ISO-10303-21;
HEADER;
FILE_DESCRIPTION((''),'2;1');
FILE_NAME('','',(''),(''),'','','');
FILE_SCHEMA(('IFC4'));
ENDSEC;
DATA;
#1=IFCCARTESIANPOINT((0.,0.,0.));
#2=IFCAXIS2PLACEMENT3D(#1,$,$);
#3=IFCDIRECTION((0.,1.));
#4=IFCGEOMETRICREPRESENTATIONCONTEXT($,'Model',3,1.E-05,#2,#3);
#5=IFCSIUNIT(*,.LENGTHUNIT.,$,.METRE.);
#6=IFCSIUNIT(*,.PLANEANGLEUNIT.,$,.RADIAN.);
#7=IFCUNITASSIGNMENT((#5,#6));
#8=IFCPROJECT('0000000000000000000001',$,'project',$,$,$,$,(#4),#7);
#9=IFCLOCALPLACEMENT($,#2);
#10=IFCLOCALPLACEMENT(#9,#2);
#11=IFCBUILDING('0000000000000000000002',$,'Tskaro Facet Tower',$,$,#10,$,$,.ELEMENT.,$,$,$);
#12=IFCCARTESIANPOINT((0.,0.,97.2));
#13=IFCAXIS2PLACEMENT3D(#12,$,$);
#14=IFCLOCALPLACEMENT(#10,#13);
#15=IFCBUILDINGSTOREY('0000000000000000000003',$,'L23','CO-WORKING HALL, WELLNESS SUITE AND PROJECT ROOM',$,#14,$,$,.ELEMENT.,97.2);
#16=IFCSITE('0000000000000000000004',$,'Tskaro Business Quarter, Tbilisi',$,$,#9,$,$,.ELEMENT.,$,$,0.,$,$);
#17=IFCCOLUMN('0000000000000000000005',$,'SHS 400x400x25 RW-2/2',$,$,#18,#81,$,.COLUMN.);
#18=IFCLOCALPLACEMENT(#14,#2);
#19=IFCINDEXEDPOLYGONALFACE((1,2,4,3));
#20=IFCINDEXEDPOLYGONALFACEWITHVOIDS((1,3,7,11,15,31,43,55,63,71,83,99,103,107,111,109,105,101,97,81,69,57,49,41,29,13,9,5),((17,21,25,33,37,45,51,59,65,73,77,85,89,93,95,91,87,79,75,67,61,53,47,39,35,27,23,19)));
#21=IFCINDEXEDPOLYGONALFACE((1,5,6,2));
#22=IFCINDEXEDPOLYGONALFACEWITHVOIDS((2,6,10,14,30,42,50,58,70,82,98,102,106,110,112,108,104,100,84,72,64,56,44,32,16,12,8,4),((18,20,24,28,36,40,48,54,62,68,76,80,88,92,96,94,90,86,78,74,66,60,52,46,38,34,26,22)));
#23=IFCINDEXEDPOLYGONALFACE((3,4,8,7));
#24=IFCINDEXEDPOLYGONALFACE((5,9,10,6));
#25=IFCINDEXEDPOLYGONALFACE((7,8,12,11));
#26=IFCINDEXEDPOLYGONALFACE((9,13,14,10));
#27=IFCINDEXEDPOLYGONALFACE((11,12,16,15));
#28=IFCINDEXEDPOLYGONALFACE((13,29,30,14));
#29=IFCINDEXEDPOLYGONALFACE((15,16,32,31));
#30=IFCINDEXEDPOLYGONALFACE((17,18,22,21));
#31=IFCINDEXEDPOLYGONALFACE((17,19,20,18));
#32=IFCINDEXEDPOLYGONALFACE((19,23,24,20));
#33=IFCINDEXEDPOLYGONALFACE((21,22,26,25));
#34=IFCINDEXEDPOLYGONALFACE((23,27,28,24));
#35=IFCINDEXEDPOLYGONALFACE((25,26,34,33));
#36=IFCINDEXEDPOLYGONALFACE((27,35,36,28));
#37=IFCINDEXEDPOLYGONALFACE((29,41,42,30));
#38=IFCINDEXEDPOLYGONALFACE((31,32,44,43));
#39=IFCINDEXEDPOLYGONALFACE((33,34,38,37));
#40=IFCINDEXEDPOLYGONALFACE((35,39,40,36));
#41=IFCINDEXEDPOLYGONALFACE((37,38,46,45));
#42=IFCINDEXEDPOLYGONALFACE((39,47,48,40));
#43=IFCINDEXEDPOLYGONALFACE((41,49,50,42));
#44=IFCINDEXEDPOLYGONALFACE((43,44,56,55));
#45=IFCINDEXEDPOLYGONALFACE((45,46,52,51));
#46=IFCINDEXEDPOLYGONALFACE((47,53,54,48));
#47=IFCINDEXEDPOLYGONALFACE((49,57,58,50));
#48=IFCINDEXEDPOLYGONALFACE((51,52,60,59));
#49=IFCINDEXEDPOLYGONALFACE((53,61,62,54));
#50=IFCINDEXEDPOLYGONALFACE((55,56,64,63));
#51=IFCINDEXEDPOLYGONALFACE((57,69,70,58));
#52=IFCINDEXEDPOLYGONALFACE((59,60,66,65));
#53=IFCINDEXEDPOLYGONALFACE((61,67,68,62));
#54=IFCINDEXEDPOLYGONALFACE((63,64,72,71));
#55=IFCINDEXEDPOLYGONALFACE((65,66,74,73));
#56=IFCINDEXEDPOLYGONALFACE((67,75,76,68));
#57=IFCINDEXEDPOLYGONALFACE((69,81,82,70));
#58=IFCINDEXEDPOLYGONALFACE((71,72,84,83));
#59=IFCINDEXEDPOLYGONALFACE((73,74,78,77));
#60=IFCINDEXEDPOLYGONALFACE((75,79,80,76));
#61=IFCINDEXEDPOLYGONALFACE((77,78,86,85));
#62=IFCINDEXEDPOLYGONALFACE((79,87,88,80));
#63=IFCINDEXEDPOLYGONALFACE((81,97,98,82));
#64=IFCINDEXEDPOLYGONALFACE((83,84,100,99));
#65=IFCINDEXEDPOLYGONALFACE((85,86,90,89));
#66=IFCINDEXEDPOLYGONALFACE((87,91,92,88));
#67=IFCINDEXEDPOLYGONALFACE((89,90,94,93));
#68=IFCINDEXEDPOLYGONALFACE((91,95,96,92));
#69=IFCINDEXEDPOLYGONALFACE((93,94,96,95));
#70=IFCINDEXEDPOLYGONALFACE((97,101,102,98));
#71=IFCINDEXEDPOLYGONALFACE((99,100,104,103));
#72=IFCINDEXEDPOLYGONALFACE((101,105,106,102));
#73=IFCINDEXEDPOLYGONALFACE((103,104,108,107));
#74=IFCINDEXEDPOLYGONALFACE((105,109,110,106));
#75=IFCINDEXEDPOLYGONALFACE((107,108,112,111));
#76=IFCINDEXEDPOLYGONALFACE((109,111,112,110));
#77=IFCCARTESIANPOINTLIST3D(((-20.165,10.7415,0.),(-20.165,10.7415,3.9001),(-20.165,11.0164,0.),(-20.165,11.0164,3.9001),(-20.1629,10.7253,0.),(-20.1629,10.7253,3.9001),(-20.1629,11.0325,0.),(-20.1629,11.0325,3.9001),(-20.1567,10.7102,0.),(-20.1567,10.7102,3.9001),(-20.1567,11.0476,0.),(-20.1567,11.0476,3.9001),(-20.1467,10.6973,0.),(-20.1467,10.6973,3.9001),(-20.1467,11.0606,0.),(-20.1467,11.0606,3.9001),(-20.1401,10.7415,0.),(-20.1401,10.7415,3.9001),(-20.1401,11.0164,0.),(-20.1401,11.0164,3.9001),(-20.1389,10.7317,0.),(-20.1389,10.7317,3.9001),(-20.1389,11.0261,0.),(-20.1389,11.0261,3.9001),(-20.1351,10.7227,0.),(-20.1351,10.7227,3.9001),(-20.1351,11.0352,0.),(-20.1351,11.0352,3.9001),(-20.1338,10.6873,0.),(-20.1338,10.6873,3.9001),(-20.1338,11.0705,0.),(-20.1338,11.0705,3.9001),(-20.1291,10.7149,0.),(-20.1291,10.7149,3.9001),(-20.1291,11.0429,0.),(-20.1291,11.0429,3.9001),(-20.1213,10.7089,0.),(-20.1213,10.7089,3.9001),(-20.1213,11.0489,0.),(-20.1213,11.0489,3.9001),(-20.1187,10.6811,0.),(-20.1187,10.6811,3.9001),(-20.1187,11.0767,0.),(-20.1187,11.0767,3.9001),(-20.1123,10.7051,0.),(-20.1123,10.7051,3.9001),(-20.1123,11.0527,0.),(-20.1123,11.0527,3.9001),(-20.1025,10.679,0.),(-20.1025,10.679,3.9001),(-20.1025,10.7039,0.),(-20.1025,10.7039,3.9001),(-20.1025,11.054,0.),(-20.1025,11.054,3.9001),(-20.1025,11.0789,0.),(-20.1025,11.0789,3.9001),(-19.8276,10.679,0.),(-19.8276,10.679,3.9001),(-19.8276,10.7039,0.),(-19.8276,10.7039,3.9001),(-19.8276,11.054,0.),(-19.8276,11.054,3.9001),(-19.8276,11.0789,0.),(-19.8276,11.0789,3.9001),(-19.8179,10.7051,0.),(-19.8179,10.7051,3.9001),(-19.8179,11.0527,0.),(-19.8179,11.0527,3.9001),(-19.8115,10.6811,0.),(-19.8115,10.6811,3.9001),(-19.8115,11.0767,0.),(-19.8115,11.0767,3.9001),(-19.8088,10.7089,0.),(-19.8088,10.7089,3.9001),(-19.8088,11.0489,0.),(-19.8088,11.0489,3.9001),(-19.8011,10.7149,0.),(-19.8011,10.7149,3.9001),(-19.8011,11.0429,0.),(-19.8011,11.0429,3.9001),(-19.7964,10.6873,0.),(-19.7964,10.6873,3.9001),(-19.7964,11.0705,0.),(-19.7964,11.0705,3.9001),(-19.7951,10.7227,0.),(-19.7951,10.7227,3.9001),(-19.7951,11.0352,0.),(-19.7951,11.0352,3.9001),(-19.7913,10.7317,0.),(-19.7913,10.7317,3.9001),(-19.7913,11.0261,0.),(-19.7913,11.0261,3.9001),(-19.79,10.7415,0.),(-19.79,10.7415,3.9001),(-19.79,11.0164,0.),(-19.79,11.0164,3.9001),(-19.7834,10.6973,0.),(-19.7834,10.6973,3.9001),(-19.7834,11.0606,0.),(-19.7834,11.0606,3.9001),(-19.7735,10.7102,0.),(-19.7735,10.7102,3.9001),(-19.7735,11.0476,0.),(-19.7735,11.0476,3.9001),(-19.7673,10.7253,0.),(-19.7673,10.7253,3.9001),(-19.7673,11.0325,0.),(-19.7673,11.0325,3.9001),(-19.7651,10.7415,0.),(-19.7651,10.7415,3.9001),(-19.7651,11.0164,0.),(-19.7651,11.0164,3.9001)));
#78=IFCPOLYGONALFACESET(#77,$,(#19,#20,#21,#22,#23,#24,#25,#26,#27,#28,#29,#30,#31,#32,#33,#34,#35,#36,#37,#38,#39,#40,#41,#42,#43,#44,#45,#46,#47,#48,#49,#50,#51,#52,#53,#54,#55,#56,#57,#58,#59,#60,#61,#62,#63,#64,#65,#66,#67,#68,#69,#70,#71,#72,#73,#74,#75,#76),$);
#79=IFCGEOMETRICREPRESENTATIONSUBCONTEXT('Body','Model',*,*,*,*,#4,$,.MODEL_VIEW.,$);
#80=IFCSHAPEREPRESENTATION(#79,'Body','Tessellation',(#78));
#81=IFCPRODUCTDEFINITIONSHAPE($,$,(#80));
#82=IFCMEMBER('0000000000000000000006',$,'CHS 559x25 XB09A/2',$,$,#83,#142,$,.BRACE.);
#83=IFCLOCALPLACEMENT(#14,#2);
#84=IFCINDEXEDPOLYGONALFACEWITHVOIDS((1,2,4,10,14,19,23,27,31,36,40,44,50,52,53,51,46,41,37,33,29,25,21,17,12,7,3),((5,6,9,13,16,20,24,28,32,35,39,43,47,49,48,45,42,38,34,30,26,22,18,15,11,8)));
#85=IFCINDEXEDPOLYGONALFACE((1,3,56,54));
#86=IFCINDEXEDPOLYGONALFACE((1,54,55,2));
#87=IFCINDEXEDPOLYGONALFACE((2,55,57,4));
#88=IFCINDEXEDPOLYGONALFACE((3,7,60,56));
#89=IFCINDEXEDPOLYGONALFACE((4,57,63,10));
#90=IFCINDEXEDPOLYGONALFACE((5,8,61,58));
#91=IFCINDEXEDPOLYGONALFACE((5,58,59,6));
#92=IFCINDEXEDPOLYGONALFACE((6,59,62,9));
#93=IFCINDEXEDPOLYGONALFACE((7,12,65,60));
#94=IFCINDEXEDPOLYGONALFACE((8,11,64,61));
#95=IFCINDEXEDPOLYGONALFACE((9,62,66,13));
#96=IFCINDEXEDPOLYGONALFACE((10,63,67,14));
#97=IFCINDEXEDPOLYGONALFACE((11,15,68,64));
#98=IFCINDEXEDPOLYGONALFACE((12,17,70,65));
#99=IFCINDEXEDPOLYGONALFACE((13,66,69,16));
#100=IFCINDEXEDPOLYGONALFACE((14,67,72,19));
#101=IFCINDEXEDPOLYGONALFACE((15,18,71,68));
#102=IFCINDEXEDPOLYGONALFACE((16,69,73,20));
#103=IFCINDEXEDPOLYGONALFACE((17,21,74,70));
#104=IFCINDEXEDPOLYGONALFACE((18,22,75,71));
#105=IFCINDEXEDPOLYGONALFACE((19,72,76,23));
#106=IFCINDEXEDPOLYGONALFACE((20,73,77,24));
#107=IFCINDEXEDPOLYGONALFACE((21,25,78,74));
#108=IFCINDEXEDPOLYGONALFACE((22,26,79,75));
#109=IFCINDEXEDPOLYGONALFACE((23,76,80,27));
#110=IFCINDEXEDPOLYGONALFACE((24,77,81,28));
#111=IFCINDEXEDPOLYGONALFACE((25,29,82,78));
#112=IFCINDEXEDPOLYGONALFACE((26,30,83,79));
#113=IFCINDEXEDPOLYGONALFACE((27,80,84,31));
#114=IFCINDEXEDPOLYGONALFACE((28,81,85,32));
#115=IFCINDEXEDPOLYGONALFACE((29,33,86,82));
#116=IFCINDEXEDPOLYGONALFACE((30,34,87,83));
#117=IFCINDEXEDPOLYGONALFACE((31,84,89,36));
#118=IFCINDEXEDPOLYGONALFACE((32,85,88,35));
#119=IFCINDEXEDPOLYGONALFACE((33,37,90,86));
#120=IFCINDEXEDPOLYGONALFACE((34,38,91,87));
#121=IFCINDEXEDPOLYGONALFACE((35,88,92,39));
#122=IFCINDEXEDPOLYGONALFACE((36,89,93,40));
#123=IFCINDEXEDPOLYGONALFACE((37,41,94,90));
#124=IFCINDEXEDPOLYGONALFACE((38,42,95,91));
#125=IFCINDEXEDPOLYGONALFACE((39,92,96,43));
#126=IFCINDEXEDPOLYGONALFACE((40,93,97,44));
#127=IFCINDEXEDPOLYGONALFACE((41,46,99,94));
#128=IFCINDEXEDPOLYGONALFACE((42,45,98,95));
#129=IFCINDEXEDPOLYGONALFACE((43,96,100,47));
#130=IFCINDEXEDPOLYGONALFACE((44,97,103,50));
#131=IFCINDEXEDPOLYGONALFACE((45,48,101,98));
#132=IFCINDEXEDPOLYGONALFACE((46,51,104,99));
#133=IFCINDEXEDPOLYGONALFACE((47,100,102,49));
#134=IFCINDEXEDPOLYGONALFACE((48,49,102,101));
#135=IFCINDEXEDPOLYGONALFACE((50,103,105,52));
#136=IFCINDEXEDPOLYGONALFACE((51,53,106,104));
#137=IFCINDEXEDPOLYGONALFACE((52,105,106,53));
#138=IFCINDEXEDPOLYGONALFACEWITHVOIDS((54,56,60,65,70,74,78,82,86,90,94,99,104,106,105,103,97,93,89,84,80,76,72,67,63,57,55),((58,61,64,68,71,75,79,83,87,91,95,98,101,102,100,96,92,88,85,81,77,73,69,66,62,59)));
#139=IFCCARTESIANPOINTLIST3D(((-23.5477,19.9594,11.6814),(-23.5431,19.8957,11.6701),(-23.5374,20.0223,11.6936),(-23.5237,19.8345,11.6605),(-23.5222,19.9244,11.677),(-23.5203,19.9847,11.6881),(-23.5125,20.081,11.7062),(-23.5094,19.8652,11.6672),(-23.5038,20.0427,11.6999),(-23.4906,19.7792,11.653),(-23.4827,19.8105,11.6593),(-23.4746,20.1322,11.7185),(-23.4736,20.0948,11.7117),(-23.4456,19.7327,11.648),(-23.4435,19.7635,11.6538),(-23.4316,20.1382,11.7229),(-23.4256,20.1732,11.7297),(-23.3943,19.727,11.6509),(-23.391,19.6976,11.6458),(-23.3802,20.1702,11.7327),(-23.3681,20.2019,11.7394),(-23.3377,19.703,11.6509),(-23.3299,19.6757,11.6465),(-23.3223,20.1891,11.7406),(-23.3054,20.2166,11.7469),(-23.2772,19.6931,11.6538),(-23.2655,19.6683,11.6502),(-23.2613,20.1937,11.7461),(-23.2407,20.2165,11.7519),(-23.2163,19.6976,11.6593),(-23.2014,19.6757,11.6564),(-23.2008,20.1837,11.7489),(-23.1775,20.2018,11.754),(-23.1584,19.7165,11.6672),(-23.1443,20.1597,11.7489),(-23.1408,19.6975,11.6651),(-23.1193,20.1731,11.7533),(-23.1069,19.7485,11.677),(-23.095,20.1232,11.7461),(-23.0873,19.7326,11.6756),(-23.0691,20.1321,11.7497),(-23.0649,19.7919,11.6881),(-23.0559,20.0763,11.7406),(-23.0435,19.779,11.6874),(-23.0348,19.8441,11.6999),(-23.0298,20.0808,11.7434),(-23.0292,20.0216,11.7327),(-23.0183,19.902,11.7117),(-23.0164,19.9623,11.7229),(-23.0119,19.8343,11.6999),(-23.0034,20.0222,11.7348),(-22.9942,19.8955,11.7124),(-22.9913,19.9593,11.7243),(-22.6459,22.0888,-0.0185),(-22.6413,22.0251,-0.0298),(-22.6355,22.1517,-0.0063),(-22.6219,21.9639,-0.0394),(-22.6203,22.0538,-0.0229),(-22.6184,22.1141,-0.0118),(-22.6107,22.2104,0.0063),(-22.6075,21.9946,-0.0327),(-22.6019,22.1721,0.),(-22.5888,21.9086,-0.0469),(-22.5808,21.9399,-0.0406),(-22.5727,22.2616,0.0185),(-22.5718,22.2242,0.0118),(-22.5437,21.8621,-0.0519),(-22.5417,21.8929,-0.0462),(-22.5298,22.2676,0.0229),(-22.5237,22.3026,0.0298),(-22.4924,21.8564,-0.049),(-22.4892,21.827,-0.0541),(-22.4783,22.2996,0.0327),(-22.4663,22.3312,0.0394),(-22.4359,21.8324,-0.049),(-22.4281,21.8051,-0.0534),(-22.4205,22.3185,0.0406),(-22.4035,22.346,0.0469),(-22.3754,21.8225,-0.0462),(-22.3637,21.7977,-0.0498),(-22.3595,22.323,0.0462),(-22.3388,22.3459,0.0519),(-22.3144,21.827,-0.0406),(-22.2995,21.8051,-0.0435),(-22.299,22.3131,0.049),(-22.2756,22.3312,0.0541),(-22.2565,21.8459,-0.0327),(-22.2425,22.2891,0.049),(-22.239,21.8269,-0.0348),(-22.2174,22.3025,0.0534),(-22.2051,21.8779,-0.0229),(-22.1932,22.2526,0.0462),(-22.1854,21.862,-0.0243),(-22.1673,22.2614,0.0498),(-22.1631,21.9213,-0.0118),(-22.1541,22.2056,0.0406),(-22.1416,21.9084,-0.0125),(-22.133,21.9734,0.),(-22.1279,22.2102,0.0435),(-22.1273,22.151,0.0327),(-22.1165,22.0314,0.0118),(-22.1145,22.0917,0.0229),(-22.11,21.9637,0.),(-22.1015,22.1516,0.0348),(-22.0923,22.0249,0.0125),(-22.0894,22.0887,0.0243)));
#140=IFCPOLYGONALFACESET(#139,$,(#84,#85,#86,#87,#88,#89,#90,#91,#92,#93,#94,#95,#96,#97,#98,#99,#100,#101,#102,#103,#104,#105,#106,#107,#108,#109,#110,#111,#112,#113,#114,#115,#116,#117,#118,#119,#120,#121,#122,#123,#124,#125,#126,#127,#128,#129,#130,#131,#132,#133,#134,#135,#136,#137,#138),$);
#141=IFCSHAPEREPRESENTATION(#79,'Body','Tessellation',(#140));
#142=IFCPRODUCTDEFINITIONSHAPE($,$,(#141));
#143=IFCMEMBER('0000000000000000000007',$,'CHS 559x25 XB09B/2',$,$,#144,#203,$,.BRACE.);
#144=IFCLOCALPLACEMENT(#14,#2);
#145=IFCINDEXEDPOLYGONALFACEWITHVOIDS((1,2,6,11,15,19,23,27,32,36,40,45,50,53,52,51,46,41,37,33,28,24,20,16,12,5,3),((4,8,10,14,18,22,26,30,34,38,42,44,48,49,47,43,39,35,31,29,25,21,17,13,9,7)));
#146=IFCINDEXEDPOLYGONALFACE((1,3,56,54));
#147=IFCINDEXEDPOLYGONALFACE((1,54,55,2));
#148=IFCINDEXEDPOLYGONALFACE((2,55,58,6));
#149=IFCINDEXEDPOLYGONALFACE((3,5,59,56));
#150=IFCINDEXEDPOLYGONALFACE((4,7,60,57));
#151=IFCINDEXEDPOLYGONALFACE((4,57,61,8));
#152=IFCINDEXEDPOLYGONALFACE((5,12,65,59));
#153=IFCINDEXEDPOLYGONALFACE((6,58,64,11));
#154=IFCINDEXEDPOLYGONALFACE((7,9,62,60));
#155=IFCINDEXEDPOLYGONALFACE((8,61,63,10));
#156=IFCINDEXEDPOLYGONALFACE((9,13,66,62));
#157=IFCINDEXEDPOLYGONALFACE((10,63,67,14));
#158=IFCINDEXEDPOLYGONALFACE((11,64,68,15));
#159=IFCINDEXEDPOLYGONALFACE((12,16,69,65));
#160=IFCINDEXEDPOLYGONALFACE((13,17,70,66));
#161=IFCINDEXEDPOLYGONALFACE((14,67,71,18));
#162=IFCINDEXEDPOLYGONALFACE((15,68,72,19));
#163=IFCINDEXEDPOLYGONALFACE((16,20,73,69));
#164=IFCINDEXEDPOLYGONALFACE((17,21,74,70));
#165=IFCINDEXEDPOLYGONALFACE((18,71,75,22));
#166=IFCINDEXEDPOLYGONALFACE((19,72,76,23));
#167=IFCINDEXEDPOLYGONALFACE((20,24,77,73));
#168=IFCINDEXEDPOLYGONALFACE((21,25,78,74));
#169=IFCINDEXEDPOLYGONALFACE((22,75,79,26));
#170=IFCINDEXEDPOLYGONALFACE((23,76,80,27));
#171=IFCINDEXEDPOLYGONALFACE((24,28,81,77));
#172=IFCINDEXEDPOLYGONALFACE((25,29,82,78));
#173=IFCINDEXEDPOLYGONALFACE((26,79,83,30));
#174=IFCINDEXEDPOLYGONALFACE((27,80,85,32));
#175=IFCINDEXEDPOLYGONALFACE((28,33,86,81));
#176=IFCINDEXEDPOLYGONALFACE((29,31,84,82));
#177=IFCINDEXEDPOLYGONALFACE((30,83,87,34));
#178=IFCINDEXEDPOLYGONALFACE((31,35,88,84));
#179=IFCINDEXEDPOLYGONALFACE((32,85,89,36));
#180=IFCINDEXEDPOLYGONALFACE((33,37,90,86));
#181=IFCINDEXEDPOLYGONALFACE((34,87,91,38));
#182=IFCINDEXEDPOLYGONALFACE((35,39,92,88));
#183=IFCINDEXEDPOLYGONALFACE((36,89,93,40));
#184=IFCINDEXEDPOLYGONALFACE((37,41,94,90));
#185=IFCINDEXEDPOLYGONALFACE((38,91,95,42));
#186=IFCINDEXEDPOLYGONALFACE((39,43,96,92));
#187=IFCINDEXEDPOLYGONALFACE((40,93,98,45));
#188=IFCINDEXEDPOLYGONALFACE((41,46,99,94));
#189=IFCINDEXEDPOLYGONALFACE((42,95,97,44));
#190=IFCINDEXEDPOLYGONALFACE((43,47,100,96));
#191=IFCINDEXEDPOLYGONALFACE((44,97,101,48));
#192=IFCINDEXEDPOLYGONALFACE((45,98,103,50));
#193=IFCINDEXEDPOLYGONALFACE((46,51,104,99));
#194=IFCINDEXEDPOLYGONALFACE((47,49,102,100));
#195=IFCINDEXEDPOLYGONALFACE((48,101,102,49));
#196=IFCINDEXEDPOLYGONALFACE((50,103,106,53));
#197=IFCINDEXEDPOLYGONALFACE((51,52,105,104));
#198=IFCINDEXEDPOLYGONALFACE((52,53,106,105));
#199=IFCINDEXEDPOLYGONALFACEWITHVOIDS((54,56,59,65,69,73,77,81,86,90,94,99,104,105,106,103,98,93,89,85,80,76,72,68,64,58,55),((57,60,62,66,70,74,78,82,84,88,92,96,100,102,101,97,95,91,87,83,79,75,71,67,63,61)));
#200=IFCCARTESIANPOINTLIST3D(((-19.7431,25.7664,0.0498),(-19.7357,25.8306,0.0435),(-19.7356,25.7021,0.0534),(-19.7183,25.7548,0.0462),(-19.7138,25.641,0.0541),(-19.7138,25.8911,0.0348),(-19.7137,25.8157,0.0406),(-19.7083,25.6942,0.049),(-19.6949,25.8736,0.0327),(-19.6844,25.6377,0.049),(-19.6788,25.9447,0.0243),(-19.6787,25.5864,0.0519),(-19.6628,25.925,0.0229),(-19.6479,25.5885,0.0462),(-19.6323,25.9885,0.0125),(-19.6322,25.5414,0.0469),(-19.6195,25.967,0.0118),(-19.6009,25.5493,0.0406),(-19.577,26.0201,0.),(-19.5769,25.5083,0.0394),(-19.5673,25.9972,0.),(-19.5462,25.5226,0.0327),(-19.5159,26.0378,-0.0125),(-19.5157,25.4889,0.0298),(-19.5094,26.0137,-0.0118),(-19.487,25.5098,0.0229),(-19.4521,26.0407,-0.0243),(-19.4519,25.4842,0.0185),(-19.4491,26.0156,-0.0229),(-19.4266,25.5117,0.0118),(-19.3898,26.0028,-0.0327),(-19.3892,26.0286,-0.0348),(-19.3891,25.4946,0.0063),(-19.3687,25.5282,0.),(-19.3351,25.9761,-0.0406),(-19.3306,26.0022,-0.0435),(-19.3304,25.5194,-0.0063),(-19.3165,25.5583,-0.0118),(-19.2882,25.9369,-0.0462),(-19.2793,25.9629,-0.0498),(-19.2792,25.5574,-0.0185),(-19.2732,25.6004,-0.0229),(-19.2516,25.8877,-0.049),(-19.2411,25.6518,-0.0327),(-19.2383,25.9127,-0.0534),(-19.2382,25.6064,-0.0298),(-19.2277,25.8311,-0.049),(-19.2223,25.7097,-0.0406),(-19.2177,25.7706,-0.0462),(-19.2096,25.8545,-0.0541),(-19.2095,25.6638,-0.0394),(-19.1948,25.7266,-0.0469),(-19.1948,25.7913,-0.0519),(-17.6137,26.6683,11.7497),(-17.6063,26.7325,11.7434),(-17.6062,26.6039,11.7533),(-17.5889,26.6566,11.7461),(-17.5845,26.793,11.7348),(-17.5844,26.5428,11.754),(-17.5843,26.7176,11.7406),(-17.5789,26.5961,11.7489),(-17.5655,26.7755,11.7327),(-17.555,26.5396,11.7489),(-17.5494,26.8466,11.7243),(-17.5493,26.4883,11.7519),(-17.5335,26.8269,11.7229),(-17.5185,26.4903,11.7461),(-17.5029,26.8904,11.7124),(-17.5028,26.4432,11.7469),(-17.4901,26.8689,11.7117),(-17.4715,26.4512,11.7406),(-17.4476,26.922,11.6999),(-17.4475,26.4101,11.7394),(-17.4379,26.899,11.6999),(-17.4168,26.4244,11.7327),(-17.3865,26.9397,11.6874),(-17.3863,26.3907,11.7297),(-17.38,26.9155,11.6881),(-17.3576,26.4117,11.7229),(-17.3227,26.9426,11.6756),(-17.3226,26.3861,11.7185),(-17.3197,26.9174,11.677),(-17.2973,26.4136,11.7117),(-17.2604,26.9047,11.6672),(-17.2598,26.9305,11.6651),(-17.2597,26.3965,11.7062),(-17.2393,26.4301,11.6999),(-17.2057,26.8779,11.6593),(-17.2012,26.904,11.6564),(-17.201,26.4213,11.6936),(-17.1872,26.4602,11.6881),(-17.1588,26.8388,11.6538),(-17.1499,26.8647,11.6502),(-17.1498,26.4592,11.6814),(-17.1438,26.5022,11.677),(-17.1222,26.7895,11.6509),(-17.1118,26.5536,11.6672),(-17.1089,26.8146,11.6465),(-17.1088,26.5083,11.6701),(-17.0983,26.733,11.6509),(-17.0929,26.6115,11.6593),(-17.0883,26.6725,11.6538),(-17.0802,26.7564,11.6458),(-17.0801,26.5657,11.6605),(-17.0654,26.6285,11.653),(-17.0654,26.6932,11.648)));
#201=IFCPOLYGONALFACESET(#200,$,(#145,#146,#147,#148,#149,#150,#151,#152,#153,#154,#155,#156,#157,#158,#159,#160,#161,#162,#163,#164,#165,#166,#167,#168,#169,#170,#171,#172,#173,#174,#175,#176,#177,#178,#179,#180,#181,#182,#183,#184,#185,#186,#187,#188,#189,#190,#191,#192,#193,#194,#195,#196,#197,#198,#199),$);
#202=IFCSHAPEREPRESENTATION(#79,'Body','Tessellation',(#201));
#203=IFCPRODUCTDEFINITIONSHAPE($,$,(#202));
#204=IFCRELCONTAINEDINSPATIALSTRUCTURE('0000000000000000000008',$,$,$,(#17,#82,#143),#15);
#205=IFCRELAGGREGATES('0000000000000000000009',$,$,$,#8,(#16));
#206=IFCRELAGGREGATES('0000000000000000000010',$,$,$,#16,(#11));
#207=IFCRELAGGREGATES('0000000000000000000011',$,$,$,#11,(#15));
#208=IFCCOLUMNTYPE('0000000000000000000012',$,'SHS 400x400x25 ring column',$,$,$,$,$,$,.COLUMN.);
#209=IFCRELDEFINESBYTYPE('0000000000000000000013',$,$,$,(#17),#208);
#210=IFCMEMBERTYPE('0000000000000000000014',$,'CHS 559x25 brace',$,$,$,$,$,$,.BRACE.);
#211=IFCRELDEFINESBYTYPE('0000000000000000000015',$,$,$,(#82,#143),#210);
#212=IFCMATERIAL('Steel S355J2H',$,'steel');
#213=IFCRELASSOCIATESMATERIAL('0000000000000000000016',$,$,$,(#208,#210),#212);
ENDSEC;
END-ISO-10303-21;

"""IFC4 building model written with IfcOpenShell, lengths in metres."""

from ifc_helpers import new_model, si_unit, direction, frame, origin, origin_2d, place, context, subcontext, project, spatial, hollow_rectangle, hollow_circle, extrude, material, material_profile, profile_set, type_object, element, save


model = new_model("IFC4")

# Units and contexts
model_context = context("Model", 3, precision=1e-05, world=origin(), true_north=direction((0.0, 1.0)))
body_context = subcontext(model_context, "Body", "Model", "MODEL_VIEW")
ifc_project = project(units=[si_unit("LENGTHUNIT", "METRE"), si_unit("PLANEANGLEUNIT", "RADIAN")], contexts=[model_context])

# Site, building, storey
site_placement = place(None, origin())
site = spatial("IfcSite", under=ifc_project, at=site_placement, Name="Tskaro Business Quarter, Tbilisi", CompositionType="ELEMENT", RefElevation=0.0)
building_placement = place(site_placement, origin())
building = spatial("IfcBuilding", under=site, at=building_placement, Name="Tskaro Facet Tower", CompositionType="ELEMENT")
storey_placement = place(building_placement, frame((0.0, 0.0, 97.2)))
storey = spatial("IfcBuildingStorey", under=building, at=storey_placement, Name="L23", Description="CO-WORKING HALL, WELLNESS SUITE AND PROJECT ROOM", CompositionType="ELEMENT", Elevation=97.2)

# Column
ifc_material_1 = material(Name="Steel S355J2H", Category="steel")
ifc_material_profile_1 = material_profile(ifc_material_1, hollow_rectangle(XDim=0.3999, YDim=0.3999, WallThickness=0.0249, InnerFilletRadius=0.0376, OuterFilletRadius=0.0625, at=origin_2d()), Name="SHS 400x400x25")
ifc_profile_set_1 = profile_set([ifc_material_profile_1], Name="Steel S355J2H")
column_type_1 = type_object("IfcColumnType", Name="SHS 400x400x25 ring column", PredefinedType="COLUMN", material=ifc_profile_set_1)
for number, where, z_axis, x_axis, name in (
    (1, (-19.9651, 10.8789, 0.0), (0.0, 0.0, 1.0), (1.0, 0.0, 0.0), "SHS 400x400x25 RW-2/2"),
):
    element("IfcColumn", number, at=place(storey_placement, frame(where, z_axis=z_axis, x_axis=x_axis)), inside=storey, type_object=column_type_1, Name=name, PredefinedType="COLUMN", context=body_context, shape_type="SweptSolid", body=[
        extrude(hollow_rectangle(XDim=0.3999, YDim=0.3999, WallThickness=0.0249, InnerFilletRadius=0.0376, OuterFilletRadius=0.0625, at=origin_2d()), origin(), (0.0, 0.0, 1.0), 3.9001),
    ])

# Members
ifc_material_profile_2 = material_profile(ifc_material_1, hollow_circle(Radius=0.2795, WallThickness=0.0249, at=origin_2d()), Name="CHS 559x25")
ifc_profile_set_2 = profile_set([ifc_material_profile_2], Name="Steel S355J2H")
member_type_1 = type_object("IfcMemberType", Name="CHS 559x25 brace", PredefinedType="BRACE", material=ifc_profile_set_2)
for number, where, z_axis, x_axis, name in (
    (2, (-22.3674, 22.0728, 0.0), (-0.075619, -0.178546, 0.981021), (0.920819, -0.389991, 0.0), "CHS 559x25 XB09A/2"),
    (3, (-19.468, 25.7627, 0.0), (0.178546, 0.075619, 0.981021), (-0.389991, 0.920819, 0.0), "CHS 559x25 XB09B/2"),
):
    element("IfcMember", number, at=place(storey_placement, frame(where, z_axis=z_axis, x_axis=x_axis)), inside=storey, type_object=member_type_1, Name=name, PredefinedType="BRACE", context=body_context, shape_type="SweptSolid", body=[
        extrude(hollow_circle(Radius=0.2795, WallThickness=0.0249, at=origin_2d()), origin(), (0.0, 0.0, 1.0), 11.9263),
    ])

save(model, "model.ifc")
